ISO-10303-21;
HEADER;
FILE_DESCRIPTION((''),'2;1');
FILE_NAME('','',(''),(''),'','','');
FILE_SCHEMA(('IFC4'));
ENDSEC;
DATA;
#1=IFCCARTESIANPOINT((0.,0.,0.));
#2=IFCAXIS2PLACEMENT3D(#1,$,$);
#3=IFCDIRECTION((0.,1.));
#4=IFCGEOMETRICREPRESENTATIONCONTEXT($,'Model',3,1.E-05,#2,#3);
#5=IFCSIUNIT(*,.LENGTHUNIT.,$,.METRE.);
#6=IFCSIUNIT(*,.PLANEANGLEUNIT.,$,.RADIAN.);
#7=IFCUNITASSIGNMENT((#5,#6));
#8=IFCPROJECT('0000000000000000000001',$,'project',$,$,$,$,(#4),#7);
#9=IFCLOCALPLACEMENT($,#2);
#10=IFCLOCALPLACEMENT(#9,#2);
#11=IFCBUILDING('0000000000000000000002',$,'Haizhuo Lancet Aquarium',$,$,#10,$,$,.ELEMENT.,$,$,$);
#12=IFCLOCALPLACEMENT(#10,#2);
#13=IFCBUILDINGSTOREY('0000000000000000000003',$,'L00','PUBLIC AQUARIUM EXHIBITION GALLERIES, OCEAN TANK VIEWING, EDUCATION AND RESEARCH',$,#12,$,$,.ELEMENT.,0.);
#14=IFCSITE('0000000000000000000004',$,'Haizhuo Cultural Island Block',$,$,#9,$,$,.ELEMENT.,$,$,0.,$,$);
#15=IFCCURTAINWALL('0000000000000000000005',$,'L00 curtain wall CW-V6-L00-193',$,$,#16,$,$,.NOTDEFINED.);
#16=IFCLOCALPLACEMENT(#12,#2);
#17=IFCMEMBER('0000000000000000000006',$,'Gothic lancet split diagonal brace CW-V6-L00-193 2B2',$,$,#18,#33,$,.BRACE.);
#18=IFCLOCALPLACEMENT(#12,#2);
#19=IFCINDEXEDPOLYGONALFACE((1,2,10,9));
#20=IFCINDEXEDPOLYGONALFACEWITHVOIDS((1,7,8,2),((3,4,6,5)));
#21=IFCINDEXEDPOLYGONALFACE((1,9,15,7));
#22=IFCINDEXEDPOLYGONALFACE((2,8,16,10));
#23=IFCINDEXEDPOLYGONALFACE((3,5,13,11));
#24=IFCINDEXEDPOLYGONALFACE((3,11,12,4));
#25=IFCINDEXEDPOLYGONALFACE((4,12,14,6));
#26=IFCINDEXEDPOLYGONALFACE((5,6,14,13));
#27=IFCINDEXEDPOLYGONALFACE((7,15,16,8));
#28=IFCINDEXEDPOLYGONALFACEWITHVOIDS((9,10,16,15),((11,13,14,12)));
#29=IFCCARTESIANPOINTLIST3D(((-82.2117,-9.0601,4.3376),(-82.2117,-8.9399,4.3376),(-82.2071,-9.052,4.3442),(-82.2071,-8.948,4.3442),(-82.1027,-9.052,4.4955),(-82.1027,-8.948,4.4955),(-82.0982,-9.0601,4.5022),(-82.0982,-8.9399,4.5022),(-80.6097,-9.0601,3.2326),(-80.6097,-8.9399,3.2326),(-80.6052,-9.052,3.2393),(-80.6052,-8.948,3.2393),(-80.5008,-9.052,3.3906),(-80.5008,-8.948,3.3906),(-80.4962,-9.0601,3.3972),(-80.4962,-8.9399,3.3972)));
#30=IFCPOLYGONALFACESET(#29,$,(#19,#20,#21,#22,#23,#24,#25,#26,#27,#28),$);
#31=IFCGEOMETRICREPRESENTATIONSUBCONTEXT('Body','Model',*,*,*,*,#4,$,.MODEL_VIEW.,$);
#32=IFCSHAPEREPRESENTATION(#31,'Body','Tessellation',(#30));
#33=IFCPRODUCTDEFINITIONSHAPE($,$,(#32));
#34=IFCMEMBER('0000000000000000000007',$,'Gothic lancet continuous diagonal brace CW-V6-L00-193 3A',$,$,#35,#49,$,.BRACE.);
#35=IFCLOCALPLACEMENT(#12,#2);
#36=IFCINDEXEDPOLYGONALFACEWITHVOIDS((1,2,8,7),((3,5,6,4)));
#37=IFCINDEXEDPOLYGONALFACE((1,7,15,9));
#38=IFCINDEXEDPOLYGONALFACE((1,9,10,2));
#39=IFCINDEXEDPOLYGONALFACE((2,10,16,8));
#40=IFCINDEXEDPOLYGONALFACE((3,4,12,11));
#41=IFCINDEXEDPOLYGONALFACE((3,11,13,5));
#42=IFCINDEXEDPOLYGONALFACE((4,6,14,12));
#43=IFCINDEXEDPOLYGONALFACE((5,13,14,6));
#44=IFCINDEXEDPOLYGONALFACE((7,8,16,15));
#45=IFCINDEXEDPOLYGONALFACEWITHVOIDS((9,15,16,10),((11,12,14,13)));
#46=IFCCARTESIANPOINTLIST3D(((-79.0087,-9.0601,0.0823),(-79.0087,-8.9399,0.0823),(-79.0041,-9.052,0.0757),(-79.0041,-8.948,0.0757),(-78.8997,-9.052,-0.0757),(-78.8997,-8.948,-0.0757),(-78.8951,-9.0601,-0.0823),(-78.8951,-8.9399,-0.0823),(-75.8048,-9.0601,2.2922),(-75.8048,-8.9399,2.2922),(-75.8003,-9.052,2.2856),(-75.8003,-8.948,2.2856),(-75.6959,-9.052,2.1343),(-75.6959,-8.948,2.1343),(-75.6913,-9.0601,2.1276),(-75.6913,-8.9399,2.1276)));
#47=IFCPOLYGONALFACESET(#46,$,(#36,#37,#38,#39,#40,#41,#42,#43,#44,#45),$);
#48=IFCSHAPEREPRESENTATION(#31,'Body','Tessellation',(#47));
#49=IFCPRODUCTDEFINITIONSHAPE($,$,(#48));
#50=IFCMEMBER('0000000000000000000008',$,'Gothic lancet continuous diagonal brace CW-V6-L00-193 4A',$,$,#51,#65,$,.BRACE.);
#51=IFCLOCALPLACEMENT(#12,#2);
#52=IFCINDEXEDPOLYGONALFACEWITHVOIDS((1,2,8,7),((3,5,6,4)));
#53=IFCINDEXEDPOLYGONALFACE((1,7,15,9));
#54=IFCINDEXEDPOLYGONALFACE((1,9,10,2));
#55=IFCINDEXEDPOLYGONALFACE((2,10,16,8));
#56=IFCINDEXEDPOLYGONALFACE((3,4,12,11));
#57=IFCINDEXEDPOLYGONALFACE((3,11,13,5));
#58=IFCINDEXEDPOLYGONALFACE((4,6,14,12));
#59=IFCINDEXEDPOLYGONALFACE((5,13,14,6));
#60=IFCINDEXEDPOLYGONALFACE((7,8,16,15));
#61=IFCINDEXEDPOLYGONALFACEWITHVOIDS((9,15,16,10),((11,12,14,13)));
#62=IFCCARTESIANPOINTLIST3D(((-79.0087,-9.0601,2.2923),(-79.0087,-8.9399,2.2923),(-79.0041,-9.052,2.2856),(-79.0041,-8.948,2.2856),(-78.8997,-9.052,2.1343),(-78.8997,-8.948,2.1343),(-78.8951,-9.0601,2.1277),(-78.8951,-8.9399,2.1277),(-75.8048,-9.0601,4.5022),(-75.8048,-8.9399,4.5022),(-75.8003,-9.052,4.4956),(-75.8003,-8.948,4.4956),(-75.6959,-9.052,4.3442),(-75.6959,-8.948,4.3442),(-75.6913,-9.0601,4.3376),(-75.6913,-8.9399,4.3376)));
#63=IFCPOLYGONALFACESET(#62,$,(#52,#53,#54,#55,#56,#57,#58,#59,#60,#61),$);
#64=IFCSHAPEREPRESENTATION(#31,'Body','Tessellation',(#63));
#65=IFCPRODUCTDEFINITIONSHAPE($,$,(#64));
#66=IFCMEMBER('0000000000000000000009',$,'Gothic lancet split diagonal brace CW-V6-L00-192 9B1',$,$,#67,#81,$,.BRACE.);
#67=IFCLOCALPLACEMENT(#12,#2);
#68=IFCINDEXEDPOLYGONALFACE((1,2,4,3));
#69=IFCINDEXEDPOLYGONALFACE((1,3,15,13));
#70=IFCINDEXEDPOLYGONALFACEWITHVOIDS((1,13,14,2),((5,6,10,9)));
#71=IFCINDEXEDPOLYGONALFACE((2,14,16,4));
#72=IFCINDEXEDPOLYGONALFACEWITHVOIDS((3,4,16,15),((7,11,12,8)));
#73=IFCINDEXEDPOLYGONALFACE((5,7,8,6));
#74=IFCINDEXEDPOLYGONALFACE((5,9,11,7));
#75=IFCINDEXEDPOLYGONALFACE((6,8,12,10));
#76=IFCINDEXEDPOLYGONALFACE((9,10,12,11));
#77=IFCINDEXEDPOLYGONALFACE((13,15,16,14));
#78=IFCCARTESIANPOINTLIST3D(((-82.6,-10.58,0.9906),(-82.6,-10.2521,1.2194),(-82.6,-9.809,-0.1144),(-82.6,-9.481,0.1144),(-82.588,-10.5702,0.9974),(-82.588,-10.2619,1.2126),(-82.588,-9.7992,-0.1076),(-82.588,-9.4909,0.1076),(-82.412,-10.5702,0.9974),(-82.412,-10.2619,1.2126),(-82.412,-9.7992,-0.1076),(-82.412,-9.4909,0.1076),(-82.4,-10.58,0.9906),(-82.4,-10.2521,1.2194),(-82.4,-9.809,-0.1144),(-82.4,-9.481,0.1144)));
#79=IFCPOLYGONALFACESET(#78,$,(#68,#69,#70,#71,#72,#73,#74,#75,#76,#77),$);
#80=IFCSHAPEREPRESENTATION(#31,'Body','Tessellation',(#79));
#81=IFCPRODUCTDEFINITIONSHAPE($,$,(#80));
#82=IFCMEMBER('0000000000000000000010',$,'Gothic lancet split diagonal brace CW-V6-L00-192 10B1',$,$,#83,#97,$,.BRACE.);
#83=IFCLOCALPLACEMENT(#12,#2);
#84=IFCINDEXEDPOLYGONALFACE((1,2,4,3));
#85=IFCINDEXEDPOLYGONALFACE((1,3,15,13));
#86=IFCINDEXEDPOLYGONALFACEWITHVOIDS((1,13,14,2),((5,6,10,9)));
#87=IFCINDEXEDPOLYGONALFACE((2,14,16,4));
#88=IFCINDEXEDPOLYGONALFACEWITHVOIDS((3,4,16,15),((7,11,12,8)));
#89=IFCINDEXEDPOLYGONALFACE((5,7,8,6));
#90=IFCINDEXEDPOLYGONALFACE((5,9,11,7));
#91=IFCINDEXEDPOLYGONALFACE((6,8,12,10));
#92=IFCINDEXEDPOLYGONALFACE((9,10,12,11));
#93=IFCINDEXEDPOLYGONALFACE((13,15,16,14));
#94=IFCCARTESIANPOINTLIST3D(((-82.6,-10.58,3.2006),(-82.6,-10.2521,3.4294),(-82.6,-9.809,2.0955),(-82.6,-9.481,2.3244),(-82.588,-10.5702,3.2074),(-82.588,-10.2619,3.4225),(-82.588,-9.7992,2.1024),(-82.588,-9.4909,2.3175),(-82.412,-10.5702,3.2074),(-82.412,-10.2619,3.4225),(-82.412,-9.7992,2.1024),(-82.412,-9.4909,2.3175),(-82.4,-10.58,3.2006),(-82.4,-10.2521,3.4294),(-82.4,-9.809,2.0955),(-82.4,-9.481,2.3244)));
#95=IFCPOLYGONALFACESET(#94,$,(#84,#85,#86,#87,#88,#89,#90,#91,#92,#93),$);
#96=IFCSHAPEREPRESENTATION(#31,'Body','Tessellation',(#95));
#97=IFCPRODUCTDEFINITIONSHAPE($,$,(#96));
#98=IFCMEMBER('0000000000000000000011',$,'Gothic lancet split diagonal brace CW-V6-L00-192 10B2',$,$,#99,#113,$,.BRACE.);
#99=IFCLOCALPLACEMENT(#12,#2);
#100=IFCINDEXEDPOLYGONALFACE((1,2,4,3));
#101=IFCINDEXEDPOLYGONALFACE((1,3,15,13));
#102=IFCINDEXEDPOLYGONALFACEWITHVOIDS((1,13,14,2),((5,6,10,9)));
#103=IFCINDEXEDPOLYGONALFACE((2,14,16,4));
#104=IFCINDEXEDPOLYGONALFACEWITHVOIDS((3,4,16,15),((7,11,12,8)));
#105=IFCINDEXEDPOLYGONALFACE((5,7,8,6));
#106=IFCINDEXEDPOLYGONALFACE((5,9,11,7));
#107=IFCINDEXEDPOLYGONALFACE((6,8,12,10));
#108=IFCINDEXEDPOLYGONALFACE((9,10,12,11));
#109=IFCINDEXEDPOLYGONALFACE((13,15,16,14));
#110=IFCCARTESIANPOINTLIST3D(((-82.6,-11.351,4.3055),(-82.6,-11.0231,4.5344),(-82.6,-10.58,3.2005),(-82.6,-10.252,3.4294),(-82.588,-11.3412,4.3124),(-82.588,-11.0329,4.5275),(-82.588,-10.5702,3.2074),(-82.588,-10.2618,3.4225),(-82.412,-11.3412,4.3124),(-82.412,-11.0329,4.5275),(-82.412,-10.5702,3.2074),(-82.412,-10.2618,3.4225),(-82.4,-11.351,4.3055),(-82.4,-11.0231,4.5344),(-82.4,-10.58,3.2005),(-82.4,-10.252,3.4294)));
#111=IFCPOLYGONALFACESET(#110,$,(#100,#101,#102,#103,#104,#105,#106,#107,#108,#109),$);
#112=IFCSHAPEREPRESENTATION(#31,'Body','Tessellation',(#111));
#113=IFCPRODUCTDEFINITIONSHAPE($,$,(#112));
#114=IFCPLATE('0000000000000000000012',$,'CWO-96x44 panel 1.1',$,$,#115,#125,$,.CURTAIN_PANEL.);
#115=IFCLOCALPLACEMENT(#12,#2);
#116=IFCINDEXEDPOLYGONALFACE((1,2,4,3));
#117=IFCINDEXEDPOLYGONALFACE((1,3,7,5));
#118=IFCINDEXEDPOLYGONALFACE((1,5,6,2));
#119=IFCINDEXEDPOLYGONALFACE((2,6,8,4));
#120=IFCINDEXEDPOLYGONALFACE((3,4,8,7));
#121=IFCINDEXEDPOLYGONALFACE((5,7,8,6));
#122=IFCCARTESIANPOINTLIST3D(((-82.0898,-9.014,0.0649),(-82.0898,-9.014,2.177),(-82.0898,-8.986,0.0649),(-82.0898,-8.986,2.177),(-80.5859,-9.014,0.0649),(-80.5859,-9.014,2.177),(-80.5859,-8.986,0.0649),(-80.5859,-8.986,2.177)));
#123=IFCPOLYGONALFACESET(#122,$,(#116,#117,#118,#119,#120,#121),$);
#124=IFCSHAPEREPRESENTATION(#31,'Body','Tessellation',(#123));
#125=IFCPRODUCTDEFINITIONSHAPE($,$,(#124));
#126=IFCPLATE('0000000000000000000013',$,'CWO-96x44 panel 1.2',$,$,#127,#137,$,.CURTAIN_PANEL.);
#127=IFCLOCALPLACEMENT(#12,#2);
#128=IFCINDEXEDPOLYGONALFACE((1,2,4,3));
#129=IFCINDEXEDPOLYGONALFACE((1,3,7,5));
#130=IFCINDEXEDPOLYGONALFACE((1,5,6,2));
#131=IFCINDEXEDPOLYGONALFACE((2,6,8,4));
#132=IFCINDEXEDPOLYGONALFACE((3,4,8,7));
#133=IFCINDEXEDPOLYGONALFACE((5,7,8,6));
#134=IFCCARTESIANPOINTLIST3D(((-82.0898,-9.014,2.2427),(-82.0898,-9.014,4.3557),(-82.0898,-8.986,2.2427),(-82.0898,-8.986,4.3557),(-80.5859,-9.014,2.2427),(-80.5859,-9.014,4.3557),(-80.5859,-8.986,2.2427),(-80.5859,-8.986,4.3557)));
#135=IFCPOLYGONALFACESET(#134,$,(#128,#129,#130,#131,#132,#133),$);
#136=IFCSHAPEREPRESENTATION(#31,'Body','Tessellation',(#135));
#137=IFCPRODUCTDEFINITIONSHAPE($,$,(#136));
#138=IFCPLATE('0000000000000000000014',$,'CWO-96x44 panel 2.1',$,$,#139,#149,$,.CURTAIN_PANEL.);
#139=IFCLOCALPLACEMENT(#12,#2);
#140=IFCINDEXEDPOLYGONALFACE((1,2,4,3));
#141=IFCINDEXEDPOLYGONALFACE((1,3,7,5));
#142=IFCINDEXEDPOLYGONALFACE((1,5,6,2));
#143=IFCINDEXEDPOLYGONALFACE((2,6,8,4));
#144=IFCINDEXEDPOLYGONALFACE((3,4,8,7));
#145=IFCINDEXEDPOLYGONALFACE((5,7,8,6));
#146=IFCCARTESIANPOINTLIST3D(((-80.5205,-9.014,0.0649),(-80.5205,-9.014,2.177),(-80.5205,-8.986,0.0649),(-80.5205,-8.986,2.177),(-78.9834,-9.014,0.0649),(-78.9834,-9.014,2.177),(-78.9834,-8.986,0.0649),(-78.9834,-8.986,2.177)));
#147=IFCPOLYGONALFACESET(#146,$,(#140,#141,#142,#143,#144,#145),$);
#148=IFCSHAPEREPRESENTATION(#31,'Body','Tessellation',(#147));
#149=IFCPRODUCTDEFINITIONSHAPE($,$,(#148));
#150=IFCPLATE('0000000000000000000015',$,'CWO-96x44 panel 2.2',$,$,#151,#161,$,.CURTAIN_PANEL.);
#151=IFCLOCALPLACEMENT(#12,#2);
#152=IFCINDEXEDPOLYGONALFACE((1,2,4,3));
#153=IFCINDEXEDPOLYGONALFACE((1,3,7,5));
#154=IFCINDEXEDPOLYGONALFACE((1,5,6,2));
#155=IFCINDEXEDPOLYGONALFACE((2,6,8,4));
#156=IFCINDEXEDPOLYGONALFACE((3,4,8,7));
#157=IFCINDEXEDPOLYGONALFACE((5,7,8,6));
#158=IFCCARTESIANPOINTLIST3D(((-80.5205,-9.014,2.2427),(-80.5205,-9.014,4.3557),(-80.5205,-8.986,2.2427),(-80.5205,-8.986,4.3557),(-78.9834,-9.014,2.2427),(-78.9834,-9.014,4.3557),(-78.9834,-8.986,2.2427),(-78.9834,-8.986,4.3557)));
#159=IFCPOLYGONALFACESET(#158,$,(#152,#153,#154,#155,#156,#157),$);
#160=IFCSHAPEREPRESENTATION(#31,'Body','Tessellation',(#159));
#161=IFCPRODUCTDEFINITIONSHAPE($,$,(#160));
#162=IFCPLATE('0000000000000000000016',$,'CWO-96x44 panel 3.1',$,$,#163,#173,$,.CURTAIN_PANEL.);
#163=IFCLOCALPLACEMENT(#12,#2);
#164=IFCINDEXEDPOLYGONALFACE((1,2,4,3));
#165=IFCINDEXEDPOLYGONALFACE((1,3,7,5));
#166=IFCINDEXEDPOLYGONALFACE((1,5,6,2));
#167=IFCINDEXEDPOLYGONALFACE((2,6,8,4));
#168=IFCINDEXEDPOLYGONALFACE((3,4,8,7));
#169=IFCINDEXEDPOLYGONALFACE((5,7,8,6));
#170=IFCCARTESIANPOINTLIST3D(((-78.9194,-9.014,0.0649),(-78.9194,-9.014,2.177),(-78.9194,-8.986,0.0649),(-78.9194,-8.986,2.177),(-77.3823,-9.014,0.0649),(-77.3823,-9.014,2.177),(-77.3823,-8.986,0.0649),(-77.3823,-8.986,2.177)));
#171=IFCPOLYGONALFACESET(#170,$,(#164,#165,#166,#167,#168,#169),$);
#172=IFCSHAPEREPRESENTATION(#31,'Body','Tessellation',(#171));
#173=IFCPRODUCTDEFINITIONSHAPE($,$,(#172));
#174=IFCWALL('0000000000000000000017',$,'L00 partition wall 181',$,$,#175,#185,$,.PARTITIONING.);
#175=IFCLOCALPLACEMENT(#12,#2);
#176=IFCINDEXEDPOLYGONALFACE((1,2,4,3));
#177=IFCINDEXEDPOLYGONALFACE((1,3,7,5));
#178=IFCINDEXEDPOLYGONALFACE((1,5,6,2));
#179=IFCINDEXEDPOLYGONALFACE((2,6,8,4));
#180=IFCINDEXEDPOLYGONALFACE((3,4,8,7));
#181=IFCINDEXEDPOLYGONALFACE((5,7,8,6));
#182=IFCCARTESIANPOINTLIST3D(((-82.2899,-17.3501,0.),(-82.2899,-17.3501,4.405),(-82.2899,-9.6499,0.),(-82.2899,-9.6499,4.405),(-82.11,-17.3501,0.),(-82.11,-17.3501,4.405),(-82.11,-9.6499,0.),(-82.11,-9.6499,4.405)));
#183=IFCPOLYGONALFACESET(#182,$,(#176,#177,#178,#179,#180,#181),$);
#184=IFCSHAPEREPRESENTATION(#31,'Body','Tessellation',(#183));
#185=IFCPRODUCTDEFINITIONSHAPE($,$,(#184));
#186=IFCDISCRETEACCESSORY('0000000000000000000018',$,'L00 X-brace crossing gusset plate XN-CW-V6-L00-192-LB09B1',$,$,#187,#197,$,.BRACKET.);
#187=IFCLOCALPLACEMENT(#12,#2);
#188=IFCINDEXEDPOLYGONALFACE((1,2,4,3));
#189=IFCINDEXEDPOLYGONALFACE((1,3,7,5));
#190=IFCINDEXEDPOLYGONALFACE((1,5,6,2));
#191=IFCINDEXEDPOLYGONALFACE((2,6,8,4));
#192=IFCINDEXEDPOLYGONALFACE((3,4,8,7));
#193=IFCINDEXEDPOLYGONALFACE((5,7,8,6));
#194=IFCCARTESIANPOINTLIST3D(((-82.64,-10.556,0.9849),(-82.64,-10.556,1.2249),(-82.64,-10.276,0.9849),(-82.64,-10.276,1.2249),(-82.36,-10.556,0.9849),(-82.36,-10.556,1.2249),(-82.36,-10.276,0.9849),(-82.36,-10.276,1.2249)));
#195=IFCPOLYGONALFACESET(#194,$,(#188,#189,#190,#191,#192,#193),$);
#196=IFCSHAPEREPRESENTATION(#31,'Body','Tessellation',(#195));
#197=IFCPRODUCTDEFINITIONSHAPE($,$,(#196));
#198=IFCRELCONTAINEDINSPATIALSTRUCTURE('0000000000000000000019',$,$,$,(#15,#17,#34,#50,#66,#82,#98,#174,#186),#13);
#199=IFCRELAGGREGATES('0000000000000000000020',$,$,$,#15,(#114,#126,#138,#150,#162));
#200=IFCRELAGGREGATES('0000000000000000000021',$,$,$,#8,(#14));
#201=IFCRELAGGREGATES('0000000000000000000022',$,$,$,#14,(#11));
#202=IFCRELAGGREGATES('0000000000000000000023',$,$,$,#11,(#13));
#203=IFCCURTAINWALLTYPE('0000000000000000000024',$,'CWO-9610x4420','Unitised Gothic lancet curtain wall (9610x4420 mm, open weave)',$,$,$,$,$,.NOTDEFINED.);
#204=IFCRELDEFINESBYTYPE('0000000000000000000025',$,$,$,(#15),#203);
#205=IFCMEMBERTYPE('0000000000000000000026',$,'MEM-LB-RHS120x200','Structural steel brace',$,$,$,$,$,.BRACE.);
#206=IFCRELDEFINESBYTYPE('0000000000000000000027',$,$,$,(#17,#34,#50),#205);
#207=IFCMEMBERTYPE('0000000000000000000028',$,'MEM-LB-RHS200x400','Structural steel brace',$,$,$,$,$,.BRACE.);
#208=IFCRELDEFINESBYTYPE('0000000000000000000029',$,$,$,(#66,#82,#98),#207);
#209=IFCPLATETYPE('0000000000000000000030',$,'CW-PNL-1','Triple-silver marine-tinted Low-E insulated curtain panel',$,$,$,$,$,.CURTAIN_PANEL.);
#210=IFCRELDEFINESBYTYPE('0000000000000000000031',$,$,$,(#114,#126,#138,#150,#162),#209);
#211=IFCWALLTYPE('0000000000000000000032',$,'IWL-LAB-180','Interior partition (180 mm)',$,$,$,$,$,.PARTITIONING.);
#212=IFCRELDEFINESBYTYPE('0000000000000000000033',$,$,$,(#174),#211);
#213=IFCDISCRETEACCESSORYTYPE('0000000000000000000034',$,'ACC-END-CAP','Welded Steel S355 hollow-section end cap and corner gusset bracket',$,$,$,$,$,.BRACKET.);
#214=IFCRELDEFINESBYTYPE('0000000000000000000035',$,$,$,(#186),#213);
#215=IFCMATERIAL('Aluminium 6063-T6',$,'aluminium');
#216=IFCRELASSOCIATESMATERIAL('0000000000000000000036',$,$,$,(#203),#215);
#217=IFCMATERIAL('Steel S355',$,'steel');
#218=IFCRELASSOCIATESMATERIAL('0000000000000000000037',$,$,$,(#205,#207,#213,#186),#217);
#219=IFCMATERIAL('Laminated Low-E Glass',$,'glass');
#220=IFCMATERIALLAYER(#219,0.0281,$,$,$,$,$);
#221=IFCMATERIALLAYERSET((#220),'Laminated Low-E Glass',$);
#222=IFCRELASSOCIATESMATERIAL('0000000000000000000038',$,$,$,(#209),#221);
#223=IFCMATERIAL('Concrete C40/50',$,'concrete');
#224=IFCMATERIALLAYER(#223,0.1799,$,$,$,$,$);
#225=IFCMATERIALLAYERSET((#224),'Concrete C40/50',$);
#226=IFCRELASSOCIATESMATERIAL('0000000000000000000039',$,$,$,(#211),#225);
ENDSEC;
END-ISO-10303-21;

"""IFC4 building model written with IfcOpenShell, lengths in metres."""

from ifc_helpers import new_model, si_unit, direction, frame, frame_2d, origin, origin_2d, place, context, subcontext, project, spatial, rectangle, hollow_rectangle, extrude, material, layer, layer_set, material_profile, profile_set, type_object, element, aggregate, save


model = new_model("IFC4")

# Units and contexts
model_context = context("Model", 3, precision=1e-05, world=origin(), true_north=direction((0.0, 1.0)))
body_context = subcontext(model_context, "Body", "Model", "MODEL_VIEW")
ifc_project = project(units=[si_unit("LENGTHUNIT", "METRE"), si_unit("PLANEANGLEUNIT", "RADIAN")], contexts=[model_context])

# Site, building, storey
site_placement = place(None, origin())
site = spatial("IfcSite", under=ifc_project, at=site_placement, Name="Haizhuo Cultural Island Block", CompositionType="ELEMENT", RefElevation=0.0)
building_placement = place(site_placement, origin())
building = spatial("IfcBuilding", under=site, at=building_placement, Name="Haizhuo Lancet Aquarium", CompositionType="ELEMENT")
storey_placement = place(building_placement, origin())
storey = spatial("IfcBuildingStorey", under=building, at=storey_placement, Name="L00", Description="PUBLIC AQUARIUM EXHIBITION GALLERIES, OCEAN TANK VIEWING, EDUCATION AND RESEARCH", CompositionType="ELEMENT", Elevation=0.0)

# Shared definitions
ifc_material_1 = material(Name="Steel S355", Category="steel")

# Curtain wall
ifc_material_2 = material(Name="Aluminium 6063-T6", Category="aluminium")
curtain_wall_type_1 = type_object("IfcCurtainWallType", Name="CWO-9610x4420", Description="Unitised Gothic lancet curtain wall (9610x4420 mm, open weave)", PredefinedType="NOTDEFINED", material=ifc_material_2)
curtain_wall_1_placement = place(storey_placement, origin())
curtain_wall_1 = element("IfcCurtainWall", 1, at=curtain_wall_1_placement, inside=storey, type_object=curtain_wall_type_1, Name="L00 curtain wall CW-V6-L00-193", PredefinedType="NOTDEFINED")

# Members
ifc_material_profile_1 = material_profile(ifc_material_1, hollow_rectangle(XDim=0.1201, YDim=0.2, WallThickness=0.0081, at=origin_2d()), Name="RHS 120x200x8")
ifc_profile_set_1 = profile_set([ifc_material_profile_1], Name="Steel S355")
member_type_1 = type_object("IfcMemberType", Name="MEM-LB-RHS120x200", Description="Structural steel brace", PredefinedType="BRACE", material=ifc_profile_set_1)
member_1_placement = place(storey_placement, frame((-80.553, -9.0, 3.3149), z_axis=(-0.823184, 0.0, 0.567774), x_axis=(0.0, -1.0, 0.0)))
element("IfcMember", 2, at=member_1_placement, inside=storey, type_object=member_type_1, Name="Gothic lancet split diagonal brace CW-V6-L00-193 2B2", PredefinedType="BRACE", context=body_context, shape_type="SweptSolid", body=[
    extrude(hollow_rectangle(XDim=0.1201, YDim=0.2, WallThickness=0.0081, at=origin_2d()), origin(), (0.0, 0.0, 1.0), 1.946),
])
for number, where, z_axis, x_axis, name in (
    (3, (-78.9519, -9.0, 0.0), (0.823164, 0.0, 0.567803), (0.0, 1.0, 0.0), "Gothic lancet continuous diagonal brace CW-V6-L00-193 3A"),
    (4, (-78.9519, -9.0, 2.21), (0.823164, 0.0, 0.567803), (0.0, 1.0, 0.0), "Gothic lancet continuous diagonal brace CW-V6-L00-193 4A"),
):
    element("IfcMember", number, at=place(storey_placement, frame(where, z_axis=z_axis, x_axis=x_axis)), inside=storey, type_object=member_type_1, Name=name, PredefinedType="BRACE", context=body_context, shape_type="SweptSolid", body=[
        extrude(hollow_rectangle(XDim=0.1201, YDim=0.2, WallThickness=0.0081, at=origin_2d()), origin(), (0.0, 0.0, 1.0), 3.8921),
    ])
ifc_material_profile_2 = material_profile(ifc_material_1, hollow_rectangle(XDim=0.2, YDim=0.3999, WallThickness=0.012, at=origin_2d()), Name="RHS 200x400x12")
ifc_profile_set_2 = profile_set([ifc_material_profile_2], Name="Steel S355")
member_type_2 = type_object("IfcMemberType", Name="MEM-LB-RHS200x400", Description="Structural steel brace", PredefinedType="BRACE", material=ifc_profile_set_2)
for number, where, z_axis, x_axis, name in (
    (5, (-82.5, -9.645, 0.0), (0.0, -0.572221, 0.820099), (1.0, 0.0, 0.0), "Gothic lancet split diagonal brace CW-V6-L00-192 9B1"),
    (6, (-82.5, -9.645, 2.21), (0.0, -0.572221, 0.820099), (1.0, 0.0, 0.0), "Gothic lancet split diagonal brace CW-V6-L00-192 10B1"),
    (7, (-82.5, -10.416, 3.3149), (0.0, -0.572221, 0.820099), (1.0, 0.0, 0.0), "Gothic lancet split diagonal brace CW-V6-L00-192 10B2"),
):
    element("IfcMember", number, at=place(storey_placement, frame(where, z_axis=z_axis, x_axis=x_axis)), inside=storey, type_object=member_type_2, Name=name, PredefinedType="BRACE", context=body_context, shape_type="SweptSolid", body=[
        extrude(hollow_rectangle(XDim=0.2, YDim=0.3999, WallThickness=0.012, at=origin_2d()), origin(), (0.0, 0.0, 1.0), 1.3474),
    ])

# Plates
ifc_material_3 = material(Name="Laminated Low-E Glass", Category="glass")
ifc_layer_1 = layer(ifc_material_3, 0.0281)
ifc_layer_set_1 = layer_set([ifc_layer_1], Name="Laminated Low-E Glass")
plate_type = type_object("IfcPlateType", Name="CW-PNL-1", Description="Triple-silver marine-tinted Low-E insulated curtain panel", PredefinedType="CURTAIN_PANEL", material=ifc_layer_set_1)
plate_1_placement = place(storey_placement, frame((-81.3379, -9.0, 0.0649), z_axis=(0.0, 0.0, 1.0), x_axis=(1.0, 0.0, 0.0)))
plate_1 = element("IfcPlate", 8, at=plate_1_placement, type_object=plate_type, Name="CWO-96x44 panel 1.1", PredefinedType="CURTAIN_PANEL", context=body_context, shape_type="SweptSolid", body=[
    extrude(rectangle(XDim=1.5039, YDim=0.0281, at=origin_2d()), origin(), (0.0, 0.0, 1.0), 2.1121),
])
plate_2_placement = place(storey_placement, frame((-81.3379, -9.0, 2.2427), z_axis=(0.0, 0.0, 1.0), x_axis=(1.0, 0.0, 0.0)))
plate_2 = element("IfcPlate", 9, at=plate_2_placement, type_object=plate_type, Name="CWO-96x44 panel 1.2", PredefinedType="CURTAIN_PANEL", context=body_context, shape_type="SweptSolid", body=[
    extrude(rectangle(XDim=1.5039, YDim=0.0281, at=origin_2d()), origin(), (0.0, 0.0, 1.0), 2.113),
])
plate_3_placement = place(storey_placement, frame((-79.752, -9.0, 0.0649), z_axis=(0.0, 0.0, 1.0), x_axis=(1.0, 0.0, 0.0)))
plate_3 = element("IfcPlate", 10, at=plate_3_placement, type_object=plate_type, Name="CWO-96x44 panel 2.1", PredefinedType="CURTAIN_PANEL", context=body_context, shape_type="SweptSolid", body=[
    extrude(rectangle(XDim=1.5371, YDim=0.0281, at=origin_2d()), origin(), (0.0, 0.0, 1.0), 2.1121),
])
plate_4_placement = place(storey_placement, frame((-79.752, -9.0, 2.2427), z_axis=(0.0, 0.0, 1.0), x_axis=(1.0, 0.0, 0.0)))
plate_4 = element("IfcPlate", 11, at=plate_4_placement, type_object=plate_type, Name="CWO-96x44 panel 2.2", PredefinedType="CURTAIN_PANEL", context=body_context, shape_type="SweptSolid", body=[
    extrude(rectangle(XDim=1.5371, YDim=0.0281, at=origin_2d()), origin(), (0.0, 0.0, 1.0), 2.113),
])
plate_5_placement = place(storey_placement, frame((-78.1509, -9.0, 0.0649), z_axis=(0.0, 0.0, 1.0), x_axis=(1.0, 0.0, 0.0)))
plate_5 = element("IfcPlate", 12, at=plate_5_placement, type_object=plate_type, Name="CWO-96x44 panel 3.1", PredefinedType="CURTAIN_PANEL", context=body_context, shape_type="SweptSolid", body=[
    extrude(rectangle(XDim=1.5371, YDim=0.0281, at=origin_2d()), origin(), (0.0, 0.0, 1.0), 2.1121),
])
aggregate(curtain_wall_1, [plate_1, plate_2, plate_3, plate_4, plate_5])

# Wall
ifc_material_4 = material(Name="Concrete C40/50", Category="concrete")
ifc_layer_2 = layer(ifc_material_4, 0.1799)
ifc_layer_set_2 = layer_set([ifc_layer_2], Name="Concrete C40/50")
wall_type = type_object("IfcWallType", Name="IWL-LAB-180", Description="Interior partition (180 mm)", PredefinedType="PARTITIONING", material=ifc_layer_set_2)
wall_placement = place(storey_placement, frame((-82.2, -9.6499, 0.0), z_axis=(0.0, 0.0, 1.0), x_axis=(0.0, -1.0, 0.0)))
element("IfcWall", 13, at=wall_placement, inside=storey, type_object=wall_type, Name="L00 partition wall 181", PredefinedType="PARTITIONING", context=body_context, shape_type="SweptSolid", body=[
    extrude(rectangle(XDim=7.7002, YDim=0.1799, at=frame_2d((3.8501, 0.0))), origin(), (0.0, 0.0, 1.0), 4.405),
])

# Discrete accessory
discrete_accessory_type = type_object("IfcDiscreteAccessoryType", Name="ACC-END-CAP", Description="Welded Steel S355 hollow-section end cap and corner gusset bracket", PredefinedType="BRACKET", material=ifc_material_1)
for number, where, z_axis, x_axis, name in (
    (14, (-82.5, -10.416, 0.9849), (0.0, 0.0, 1.0), (1.0, 0.0, 0.0), "L00 X-brace crossing gusset plate XN-CW-V6-L00-192-LB09B1"),
):
    element("IfcDiscreteAccessory", number, at=place(storey_placement, frame(where, z_axis=z_axis, x_axis=x_axis)), inside=storey, type_object=discrete_accessory_type, material=ifc_material_1, Name=name, PredefinedType="BRACKET", context=body_context, shape_type="SweptSolid", body=[
        extrude(rectangle(XDim=0.28, YDim=0.28, at=origin_2d()), origin(), (0.0, 0.0, 1.0), 0.24),
    ])

save(model, "model.ifc")
